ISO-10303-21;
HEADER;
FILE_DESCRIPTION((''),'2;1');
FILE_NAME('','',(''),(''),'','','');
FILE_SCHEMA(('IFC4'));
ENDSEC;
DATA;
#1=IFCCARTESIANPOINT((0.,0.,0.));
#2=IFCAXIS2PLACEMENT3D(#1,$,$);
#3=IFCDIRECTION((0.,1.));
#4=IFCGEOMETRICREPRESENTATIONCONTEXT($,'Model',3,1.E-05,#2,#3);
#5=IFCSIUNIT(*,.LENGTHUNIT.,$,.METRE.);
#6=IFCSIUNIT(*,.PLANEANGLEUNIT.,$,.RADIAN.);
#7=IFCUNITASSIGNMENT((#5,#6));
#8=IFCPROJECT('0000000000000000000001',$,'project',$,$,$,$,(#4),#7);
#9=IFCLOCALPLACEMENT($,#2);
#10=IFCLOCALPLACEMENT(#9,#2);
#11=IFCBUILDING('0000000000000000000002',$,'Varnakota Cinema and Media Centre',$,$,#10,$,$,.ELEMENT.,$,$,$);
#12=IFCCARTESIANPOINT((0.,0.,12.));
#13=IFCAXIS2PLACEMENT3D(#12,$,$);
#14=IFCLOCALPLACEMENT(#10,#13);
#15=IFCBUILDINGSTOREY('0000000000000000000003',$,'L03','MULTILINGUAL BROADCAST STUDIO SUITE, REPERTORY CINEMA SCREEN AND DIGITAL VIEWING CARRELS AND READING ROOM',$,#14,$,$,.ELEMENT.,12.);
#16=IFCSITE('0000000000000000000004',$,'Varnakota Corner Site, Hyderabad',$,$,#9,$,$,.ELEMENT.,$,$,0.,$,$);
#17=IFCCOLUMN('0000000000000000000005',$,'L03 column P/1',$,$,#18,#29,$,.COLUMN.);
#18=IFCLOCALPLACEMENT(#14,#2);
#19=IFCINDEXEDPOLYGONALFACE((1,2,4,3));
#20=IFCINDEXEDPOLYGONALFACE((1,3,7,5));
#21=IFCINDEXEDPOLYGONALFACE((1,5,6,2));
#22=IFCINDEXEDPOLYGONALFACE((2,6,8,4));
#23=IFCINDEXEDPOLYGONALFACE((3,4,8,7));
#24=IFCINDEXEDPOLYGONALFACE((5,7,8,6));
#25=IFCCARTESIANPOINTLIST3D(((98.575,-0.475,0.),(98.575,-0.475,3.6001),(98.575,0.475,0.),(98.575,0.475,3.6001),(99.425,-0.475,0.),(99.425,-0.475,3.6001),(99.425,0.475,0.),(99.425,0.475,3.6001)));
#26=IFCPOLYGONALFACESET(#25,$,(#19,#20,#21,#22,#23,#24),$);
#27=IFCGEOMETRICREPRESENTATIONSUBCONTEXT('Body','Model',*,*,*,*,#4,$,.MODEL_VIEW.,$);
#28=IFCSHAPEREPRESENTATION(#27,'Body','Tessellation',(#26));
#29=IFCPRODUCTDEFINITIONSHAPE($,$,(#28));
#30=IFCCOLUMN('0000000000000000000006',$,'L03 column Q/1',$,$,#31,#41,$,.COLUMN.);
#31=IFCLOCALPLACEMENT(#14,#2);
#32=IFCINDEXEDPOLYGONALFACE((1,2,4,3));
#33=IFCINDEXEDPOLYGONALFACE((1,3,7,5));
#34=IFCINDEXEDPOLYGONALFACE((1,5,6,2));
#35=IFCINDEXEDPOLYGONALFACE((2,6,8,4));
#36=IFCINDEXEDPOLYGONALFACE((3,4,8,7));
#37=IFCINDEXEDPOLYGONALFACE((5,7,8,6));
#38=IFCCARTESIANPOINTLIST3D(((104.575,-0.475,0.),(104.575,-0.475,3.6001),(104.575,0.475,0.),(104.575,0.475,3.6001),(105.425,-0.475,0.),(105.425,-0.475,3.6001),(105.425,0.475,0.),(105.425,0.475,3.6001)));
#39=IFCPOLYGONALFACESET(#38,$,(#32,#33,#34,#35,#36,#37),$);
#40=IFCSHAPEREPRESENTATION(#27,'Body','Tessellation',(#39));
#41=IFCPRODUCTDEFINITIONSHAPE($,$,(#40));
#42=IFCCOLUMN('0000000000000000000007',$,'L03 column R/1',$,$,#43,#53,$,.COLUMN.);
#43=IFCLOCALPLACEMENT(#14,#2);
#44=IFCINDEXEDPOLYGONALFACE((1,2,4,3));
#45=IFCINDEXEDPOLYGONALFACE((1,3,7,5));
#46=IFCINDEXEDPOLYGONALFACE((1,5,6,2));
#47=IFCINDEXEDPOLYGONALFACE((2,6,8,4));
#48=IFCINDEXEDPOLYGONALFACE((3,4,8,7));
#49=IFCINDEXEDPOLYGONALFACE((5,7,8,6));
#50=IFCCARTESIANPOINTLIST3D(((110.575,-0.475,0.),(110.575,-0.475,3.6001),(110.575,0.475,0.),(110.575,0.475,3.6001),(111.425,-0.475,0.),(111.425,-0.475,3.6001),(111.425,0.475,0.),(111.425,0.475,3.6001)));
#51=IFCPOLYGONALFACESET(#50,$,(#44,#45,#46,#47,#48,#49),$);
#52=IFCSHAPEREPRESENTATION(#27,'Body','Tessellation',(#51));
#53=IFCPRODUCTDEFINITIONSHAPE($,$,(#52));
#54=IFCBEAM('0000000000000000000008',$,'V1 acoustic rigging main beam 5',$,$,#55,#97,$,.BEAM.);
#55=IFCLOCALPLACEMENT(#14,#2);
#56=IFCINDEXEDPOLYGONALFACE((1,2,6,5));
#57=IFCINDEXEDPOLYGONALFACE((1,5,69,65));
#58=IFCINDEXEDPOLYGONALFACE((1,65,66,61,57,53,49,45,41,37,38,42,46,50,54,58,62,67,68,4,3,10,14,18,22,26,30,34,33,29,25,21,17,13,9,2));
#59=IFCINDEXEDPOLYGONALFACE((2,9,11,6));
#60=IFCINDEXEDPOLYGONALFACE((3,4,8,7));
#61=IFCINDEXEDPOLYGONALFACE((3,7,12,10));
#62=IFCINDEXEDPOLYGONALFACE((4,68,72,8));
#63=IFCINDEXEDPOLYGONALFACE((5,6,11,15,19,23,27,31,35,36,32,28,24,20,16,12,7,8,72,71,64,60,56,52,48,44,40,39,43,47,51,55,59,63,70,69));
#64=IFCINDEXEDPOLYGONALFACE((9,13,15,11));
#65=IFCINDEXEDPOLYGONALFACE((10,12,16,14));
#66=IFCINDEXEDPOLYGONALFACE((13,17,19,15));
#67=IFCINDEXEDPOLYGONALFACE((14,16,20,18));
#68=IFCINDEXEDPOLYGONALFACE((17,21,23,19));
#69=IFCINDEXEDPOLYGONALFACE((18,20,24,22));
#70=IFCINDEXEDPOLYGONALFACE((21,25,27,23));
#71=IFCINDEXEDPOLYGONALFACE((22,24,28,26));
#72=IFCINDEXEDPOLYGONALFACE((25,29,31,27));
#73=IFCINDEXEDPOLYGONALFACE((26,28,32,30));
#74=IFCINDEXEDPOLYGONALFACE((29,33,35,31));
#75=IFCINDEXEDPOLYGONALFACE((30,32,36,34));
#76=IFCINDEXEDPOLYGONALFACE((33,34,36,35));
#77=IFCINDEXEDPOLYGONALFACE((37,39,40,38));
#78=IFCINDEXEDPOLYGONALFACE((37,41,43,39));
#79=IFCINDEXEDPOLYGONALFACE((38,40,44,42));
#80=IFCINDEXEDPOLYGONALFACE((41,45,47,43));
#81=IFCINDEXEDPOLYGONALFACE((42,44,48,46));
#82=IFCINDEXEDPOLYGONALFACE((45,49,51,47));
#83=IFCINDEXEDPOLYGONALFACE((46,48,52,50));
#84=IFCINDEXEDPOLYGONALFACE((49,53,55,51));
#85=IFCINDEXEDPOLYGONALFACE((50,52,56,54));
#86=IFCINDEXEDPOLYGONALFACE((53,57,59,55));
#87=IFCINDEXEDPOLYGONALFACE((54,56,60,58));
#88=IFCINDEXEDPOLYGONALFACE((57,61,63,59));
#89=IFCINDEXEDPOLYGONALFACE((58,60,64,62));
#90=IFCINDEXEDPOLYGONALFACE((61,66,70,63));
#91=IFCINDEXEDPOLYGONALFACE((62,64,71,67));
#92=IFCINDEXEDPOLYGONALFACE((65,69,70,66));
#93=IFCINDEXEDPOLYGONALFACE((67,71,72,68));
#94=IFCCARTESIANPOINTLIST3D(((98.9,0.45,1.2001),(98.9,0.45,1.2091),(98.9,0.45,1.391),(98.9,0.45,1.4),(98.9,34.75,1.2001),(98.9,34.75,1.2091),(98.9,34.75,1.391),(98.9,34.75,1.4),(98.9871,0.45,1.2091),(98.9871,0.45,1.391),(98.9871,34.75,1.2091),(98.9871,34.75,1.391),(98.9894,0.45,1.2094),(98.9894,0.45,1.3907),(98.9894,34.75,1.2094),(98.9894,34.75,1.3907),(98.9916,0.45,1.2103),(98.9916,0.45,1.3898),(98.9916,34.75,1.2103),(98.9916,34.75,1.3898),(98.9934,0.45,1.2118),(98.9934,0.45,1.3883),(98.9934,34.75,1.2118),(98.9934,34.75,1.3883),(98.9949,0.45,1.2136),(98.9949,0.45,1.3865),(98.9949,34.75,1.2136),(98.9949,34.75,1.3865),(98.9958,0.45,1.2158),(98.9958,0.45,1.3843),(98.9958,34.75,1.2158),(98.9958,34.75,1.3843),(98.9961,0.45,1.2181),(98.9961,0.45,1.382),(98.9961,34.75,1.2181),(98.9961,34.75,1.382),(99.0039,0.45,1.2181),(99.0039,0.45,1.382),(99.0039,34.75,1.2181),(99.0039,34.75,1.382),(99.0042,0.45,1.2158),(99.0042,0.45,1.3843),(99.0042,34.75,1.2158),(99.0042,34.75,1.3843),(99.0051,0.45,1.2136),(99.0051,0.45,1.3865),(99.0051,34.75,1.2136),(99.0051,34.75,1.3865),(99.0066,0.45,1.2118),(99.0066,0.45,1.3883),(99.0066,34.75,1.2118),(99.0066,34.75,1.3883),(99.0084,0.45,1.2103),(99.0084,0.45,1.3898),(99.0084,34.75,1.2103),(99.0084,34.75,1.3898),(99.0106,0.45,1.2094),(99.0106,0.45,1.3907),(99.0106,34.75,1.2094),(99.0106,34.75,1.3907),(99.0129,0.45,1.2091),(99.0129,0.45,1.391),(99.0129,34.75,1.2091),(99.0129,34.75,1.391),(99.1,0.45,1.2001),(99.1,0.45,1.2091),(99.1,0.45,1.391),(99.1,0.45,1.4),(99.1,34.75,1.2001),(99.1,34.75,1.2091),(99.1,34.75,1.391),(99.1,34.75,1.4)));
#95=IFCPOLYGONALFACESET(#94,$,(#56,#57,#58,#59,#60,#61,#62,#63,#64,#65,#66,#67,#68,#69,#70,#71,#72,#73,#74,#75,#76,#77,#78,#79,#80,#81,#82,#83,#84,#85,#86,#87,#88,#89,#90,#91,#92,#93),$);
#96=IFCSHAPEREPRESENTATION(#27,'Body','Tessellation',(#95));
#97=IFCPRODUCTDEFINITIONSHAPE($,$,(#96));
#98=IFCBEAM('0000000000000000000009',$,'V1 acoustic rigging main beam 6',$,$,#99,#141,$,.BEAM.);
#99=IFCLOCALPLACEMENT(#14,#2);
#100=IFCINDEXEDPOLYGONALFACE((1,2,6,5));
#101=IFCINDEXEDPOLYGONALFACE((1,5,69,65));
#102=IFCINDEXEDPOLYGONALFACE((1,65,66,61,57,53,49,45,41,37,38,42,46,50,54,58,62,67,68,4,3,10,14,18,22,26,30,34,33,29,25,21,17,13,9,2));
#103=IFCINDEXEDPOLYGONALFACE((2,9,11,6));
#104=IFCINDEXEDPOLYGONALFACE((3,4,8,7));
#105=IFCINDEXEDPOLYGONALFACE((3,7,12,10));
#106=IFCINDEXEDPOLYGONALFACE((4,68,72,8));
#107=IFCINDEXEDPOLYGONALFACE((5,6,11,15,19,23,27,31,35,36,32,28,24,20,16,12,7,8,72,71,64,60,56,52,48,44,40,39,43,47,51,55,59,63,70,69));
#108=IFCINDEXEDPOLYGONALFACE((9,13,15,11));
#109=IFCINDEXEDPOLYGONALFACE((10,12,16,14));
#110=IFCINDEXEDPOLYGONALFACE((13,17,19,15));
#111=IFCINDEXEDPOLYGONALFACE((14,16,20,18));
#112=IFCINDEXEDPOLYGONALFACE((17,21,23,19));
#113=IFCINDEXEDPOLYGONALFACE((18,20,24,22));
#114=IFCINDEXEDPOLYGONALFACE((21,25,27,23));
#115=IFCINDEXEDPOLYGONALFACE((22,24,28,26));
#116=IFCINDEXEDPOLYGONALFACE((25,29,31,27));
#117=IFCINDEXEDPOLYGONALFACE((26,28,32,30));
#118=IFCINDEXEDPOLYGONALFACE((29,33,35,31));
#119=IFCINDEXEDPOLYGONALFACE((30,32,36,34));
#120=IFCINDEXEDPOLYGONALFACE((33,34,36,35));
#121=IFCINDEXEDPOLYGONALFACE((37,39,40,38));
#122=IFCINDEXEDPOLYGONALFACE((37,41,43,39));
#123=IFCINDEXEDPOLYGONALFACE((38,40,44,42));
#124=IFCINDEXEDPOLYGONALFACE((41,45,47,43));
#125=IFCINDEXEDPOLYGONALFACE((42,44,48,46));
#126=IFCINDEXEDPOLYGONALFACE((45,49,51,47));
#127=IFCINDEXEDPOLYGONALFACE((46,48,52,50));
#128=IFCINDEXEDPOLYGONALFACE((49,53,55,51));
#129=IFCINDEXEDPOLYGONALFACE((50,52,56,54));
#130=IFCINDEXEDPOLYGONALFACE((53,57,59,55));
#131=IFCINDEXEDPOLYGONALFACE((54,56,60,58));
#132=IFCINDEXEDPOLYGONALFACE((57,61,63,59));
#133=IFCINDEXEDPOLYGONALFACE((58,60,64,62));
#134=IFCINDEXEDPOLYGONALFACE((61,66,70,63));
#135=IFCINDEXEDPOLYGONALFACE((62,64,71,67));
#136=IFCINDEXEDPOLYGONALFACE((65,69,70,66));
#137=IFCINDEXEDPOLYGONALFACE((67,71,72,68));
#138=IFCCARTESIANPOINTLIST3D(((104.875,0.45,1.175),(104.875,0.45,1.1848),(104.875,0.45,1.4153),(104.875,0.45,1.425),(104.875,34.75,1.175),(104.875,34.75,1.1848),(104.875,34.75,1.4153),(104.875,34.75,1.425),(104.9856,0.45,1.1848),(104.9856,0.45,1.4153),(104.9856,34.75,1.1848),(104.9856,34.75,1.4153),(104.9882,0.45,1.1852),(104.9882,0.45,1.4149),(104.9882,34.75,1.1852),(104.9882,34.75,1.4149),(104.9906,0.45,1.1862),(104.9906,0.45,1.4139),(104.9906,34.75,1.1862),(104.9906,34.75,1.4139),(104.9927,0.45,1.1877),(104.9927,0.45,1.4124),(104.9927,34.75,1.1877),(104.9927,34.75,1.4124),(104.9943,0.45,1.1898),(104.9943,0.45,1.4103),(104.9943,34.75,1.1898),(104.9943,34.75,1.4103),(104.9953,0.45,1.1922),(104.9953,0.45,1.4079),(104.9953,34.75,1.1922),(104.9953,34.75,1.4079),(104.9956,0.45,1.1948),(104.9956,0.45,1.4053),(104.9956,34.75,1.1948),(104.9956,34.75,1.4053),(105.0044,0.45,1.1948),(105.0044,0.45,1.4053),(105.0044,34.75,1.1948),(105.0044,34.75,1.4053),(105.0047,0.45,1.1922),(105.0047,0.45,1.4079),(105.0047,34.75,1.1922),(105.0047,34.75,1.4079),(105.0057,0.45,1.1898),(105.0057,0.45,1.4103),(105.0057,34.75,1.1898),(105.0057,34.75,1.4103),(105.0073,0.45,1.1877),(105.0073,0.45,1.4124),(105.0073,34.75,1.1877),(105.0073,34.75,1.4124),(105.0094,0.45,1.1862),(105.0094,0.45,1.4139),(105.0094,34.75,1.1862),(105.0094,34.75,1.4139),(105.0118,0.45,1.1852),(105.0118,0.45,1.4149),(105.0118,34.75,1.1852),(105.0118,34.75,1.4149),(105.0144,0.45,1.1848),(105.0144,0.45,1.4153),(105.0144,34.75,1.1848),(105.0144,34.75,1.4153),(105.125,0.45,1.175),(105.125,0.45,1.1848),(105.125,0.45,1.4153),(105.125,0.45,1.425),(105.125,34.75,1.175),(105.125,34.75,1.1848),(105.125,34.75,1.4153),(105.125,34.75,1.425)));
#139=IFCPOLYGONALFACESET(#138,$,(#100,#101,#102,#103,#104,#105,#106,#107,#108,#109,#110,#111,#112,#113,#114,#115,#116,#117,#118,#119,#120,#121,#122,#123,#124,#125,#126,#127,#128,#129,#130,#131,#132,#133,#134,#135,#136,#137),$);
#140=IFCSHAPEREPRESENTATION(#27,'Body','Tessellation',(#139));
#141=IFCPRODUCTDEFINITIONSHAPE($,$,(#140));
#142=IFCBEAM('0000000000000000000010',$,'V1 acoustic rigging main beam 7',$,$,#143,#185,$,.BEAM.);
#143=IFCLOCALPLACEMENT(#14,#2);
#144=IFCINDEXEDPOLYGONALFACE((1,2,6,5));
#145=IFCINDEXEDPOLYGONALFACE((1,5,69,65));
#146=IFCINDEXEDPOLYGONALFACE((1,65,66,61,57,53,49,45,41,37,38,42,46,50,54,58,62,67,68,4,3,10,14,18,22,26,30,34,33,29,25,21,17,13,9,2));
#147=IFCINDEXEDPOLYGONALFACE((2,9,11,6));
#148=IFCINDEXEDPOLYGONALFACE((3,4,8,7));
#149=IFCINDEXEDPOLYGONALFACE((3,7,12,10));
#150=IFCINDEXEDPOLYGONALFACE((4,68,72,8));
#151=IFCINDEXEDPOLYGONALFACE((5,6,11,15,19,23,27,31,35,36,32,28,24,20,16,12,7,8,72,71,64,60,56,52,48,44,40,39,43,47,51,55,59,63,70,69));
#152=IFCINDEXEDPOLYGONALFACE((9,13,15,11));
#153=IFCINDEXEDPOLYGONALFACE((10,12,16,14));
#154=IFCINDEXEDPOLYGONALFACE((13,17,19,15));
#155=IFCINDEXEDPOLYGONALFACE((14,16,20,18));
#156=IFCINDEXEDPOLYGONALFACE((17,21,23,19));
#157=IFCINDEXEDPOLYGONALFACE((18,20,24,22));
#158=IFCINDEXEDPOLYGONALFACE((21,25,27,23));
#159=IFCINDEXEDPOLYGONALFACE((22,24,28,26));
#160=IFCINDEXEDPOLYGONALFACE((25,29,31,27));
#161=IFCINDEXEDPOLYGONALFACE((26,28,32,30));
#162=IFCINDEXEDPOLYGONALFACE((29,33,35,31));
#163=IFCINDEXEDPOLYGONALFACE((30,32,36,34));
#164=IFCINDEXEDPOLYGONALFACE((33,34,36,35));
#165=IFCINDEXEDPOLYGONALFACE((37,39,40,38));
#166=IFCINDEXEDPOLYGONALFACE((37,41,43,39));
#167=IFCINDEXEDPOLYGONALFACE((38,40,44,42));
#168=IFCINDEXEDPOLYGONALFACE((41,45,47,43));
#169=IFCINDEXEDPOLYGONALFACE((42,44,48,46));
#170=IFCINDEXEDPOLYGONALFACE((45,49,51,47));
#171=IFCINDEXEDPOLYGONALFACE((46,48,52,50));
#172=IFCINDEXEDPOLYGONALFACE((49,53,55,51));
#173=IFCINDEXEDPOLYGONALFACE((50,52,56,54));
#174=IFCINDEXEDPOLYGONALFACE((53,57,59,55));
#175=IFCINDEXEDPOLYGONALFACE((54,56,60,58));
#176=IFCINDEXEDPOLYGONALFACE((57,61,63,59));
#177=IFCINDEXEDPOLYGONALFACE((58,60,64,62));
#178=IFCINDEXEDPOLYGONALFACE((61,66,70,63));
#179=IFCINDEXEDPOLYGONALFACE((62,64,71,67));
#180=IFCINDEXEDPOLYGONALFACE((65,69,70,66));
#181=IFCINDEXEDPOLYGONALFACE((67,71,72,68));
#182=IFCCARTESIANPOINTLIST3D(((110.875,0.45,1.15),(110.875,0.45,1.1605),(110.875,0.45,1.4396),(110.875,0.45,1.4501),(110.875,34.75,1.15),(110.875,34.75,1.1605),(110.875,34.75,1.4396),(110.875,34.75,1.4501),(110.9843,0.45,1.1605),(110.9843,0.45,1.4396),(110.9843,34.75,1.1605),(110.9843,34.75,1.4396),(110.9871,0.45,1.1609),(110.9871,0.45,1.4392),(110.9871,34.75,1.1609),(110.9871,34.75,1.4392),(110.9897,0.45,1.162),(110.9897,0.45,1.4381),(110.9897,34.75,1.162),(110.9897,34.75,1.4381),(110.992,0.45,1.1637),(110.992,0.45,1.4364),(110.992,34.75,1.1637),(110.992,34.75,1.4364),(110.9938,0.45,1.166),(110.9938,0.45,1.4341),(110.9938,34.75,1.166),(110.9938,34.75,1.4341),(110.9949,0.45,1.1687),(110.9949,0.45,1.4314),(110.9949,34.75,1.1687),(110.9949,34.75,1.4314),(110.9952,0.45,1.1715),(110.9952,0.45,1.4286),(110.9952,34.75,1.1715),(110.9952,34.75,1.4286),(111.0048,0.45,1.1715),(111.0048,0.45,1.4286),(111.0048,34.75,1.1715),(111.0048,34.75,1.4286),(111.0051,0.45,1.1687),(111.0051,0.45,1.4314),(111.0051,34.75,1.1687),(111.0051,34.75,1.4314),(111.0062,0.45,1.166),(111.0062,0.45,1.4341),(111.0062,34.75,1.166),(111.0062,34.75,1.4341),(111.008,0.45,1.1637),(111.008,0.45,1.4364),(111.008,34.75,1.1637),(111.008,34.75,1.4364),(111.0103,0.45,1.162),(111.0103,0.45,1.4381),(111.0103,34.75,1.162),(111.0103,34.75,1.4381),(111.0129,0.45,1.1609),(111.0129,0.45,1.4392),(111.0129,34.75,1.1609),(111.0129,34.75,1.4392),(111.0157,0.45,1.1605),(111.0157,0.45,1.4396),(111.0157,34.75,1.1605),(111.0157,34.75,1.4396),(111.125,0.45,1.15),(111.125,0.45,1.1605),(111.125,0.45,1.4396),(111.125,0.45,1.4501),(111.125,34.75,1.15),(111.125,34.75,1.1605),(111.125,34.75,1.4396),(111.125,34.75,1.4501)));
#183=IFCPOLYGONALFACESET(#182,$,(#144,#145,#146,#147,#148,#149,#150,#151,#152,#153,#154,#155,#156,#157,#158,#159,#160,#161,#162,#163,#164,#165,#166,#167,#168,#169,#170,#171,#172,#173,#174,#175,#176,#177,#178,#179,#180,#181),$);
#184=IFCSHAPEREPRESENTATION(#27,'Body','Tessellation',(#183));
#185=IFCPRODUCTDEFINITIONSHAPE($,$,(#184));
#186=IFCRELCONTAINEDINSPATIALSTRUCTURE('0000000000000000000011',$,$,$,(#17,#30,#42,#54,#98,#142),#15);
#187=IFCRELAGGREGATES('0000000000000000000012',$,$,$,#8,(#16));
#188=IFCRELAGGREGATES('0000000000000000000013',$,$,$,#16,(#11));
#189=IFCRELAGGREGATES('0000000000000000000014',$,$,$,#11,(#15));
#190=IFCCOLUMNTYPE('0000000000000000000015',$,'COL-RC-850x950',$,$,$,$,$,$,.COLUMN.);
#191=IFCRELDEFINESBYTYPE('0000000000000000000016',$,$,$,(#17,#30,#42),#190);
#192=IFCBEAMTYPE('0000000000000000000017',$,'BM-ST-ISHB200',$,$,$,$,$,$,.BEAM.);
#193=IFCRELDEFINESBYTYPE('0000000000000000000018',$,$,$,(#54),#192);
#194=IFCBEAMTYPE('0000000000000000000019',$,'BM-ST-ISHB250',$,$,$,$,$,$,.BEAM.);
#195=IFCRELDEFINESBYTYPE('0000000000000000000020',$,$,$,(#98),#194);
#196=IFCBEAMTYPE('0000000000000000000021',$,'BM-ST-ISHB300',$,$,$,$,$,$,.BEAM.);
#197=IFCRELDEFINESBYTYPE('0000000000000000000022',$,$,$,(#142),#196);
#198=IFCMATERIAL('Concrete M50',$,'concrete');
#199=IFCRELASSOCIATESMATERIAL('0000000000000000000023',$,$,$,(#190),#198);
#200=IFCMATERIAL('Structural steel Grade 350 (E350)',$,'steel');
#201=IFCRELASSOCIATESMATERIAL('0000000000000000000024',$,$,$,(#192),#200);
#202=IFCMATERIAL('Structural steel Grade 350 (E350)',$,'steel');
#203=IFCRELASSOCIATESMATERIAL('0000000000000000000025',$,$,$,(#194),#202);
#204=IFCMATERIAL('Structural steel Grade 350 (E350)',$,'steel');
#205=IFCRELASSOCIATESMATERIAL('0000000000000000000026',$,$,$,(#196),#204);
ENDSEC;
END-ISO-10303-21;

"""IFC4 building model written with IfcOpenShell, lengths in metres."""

from ifc_helpers import new_model, si_unit, direction, frame, origin, origin_2d, place, context, subcontext, project, spatial, rectangle, i_section, extrude, material, material_profile, profile_set, type_object, element, save


model = new_model("IFC4")

# Units and contexts
model_context = context("Model", 3, precision=1e-05, world=origin(), true_north=direction((0.0, 1.0)))
body_context = subcontext(model_context, "Body", "Model", "MODEL_VIEW")
ifc_project = project(units=[si_unit("LENGTHUNIT", "METRE"), si_unit("PLANEANGLEUNIT", "RADIAN")], contexts=[model_context])

# Site, building, storey
site_placement = place(None, origin())
site = spatial("IfcSite", under=ifc_project, at=site_placement, Name="Varnakota Corner Site, Hyderabad", CompositionType="ELEMENT", RefElevation=0.0)
building_placement = place(site_placement, origin())
building = spatial("IfcBuilding", under=site, at=building_placement, Name="Varnakota Cinema and Media Centre", CompositionType="ELEMENT")
storey_placement = place(building_placement, frame((0.0, 0.0, 12.0)))
storey = spatial("IfcBuildingStorey", under=building, at=storey_placement, Name="L03", Description="MULTILINGUAL BROADCAST STUDIO SUITE, REPERTORY CINEMA SCREEN AND DIGITAL VIEWING CARRELS AND READING ROOM", CompositionType="ELEMENT", Elevation=12.0)

# Columns
ifc_material_1 = material(Name="Concrete M50", Category="concrete")
ifc_material_profile_1 = material_profile(ifc_material_1, rectangle(XDim=0.8501, YDim=0.95, at=origin_2d()), Name="RC 850x950")
ifc_profile_set_1 = profile_set([ifc_material_profile_1], Name="Concrete M50")
column_type = type_object("IfcColumnType", Name="COL-RC-850x950", PredefinedType="COLUMN", material=ifc_profile_set_1)
for number, where, z_axis, x_axis, name in (
    (1, (99.0, 0.0, 0.0), (0.0, 0.0, 1.0), (1.0, 0.0, 0.0), "L03 column P/1"),
    (2, (105.0, 0.0, 0.0), (0.0, 0.0, 1.0), (1.0, 0.0, 0.0), "L03 column Q/1"),
    (3, (111.0, 0.0, 0.0), (0.0, 0.0, 1.0), (1.0, 0.0, 0.0), "L03 column R/1"),
):
    element("IfcColumn", number, at=place(storey_placement, frame(where, z_axis=z_axis, x_axis=x_axis)), inside=storey, type_object=column_type, Name=name, PredefinedType="COLUMN", context=body_context, shape_type="SweptSolid", body=[
        extrude(rectangle(XDim=0.8501, YDim=0.95, at=origin_2d()), origin(), (0.0, 0.0, 1.0), 3.6001),
    ])

# Beams
ifc_material_2 = material(Name="Structural steel Grade 350 (E350)", Category="steel")
ifc_material_profile_2 = material_profile(ifc_material_2, i_section(OverallWidth=0.2, OverallDepth=0.2, WebThickness=0.0078, FlangeThickness=0.009, FilletRadius=0.009, at=origin_2d()), Name="ISHB 200")
ifc_profile_set_2 = profile_set([ifc_material_profile_2], Name="Structural steel Grade 350 (E350)")
beam_type_1 = type_object("IfcBeamType", Name="BM-ST-ISHB200", PredefinedType="BEAM", material=ifc_profile_set_2)
beam_1_placement = place(storey_placement, frame((99.0, 0.45, 1.3), z_axis=(0.0, 1.0, 0.0), x_axis=(-1.0, 0.0, 0.0)))
element("IfcBeam", 4, at=beam_1_placement, inside=storey, type_object=beam_type_1, Name="V1 acoustic rigging main beam 5", PredefinedType="BEAM", context=body_context, shape_type="SweptSolid", body=[
    extrude(i_section(OverallWidth=0.2, OverallDepth=0.2, WebThickness=0.0078, FlangeThickness=0.009, FilletRadius=0.009, at=origin_2d()), origin(), (0.0, 0.0, 1.0), 34.3),
])
ifc_material_3 = material(Name="Structural steel Grade 350 (E350)", Category="steel")
ifc_material_profile_3 = material_profile(ifc_material_3, i_section(OverallWidth=0.25, OverallDepth=0.25, WebThickness=0.0088, FlangeThickness=0.0098, FilletRadius=0.01, at=origin_2d()), Name="ISHB 250")
ifc_profile_set_3 = profile_set([ifc_material_profile_3], Name="Structural steel Grade 350 (E350)")
beam_type_2 = type_object("IfcBeamType", Name="BM-ST-ISHB250", PredefinedType="BEAM", material=ifc_profile_set_3)
beam_2_placement = place(storey_placement, frame((105.0, 0.45, 1.3), z_axis=(0.0, 1.0, 0.0), x_axis=(-1.0, 0.0, 0.0)))
element("IfcBeam", 5, at=beam_2_placement, inside=storey, type_object=beam_type_2, Name="V1 acoustic rigging main beam 6", PredefinedType="BEAM", context=body_context, shape_type="SweptSolid", body=[
    extrude(i_section(OverallWidth=0.25, OverallDepth=0.25, WebThickness=0.0088, FlangeThickness=0.0098, FilletRadius=0.01, at=origin_2d()), origin(), (0.0, 0.0, 1.0), 34.3),
])
ifc_material_4 = material(Name="Structural steel Grade 350 (E350)", Category="steel")
ifc_material_profile_4 = material_profile(ifc_material_4, i_section(OverallWidth=0.25, OverallDepth=0.3, WebThickness=0.0095, FlangeThickness=0.0105, FilletRadius=0.011, at=origin_2d()), Name="ISHB 300")
ifc_profile_set_4 = profile_set([ifc_material_profile_4], Name="Structural steel Grade 350 (E350)")
beam_type_3 = type_object("IfcBeamType", Name="BM-ST-ISHB300", PredefinedType="BEAM", material=ifc_profile_set_4)
beam_3_placement = place(storey_placement, frame((111.0, 0.45, 1.3), z_axis=(0.0, 1.0, 0.0), x_axis=(-1.0, 0.0, 0.0)))
element("IfcBeam", 6, at=beam_3_placement, inside=storey, type_object=beam_type_3, Name="V1 acoustic rigging main beam 7", PredefinedType="BEAM", context=body_context, shape_type="SweptSolid", body=[
    extrude(i_section(OverallWidth=0.25, OverallDepth=0.3, WebThickness=0.0095, FlangeThickness=0.0105, FilletRadius=0.011, at=origin_2d()), origin(), (0.0, 0.0, 1.0), 34.3),
])

save(model, "model.ifc")
